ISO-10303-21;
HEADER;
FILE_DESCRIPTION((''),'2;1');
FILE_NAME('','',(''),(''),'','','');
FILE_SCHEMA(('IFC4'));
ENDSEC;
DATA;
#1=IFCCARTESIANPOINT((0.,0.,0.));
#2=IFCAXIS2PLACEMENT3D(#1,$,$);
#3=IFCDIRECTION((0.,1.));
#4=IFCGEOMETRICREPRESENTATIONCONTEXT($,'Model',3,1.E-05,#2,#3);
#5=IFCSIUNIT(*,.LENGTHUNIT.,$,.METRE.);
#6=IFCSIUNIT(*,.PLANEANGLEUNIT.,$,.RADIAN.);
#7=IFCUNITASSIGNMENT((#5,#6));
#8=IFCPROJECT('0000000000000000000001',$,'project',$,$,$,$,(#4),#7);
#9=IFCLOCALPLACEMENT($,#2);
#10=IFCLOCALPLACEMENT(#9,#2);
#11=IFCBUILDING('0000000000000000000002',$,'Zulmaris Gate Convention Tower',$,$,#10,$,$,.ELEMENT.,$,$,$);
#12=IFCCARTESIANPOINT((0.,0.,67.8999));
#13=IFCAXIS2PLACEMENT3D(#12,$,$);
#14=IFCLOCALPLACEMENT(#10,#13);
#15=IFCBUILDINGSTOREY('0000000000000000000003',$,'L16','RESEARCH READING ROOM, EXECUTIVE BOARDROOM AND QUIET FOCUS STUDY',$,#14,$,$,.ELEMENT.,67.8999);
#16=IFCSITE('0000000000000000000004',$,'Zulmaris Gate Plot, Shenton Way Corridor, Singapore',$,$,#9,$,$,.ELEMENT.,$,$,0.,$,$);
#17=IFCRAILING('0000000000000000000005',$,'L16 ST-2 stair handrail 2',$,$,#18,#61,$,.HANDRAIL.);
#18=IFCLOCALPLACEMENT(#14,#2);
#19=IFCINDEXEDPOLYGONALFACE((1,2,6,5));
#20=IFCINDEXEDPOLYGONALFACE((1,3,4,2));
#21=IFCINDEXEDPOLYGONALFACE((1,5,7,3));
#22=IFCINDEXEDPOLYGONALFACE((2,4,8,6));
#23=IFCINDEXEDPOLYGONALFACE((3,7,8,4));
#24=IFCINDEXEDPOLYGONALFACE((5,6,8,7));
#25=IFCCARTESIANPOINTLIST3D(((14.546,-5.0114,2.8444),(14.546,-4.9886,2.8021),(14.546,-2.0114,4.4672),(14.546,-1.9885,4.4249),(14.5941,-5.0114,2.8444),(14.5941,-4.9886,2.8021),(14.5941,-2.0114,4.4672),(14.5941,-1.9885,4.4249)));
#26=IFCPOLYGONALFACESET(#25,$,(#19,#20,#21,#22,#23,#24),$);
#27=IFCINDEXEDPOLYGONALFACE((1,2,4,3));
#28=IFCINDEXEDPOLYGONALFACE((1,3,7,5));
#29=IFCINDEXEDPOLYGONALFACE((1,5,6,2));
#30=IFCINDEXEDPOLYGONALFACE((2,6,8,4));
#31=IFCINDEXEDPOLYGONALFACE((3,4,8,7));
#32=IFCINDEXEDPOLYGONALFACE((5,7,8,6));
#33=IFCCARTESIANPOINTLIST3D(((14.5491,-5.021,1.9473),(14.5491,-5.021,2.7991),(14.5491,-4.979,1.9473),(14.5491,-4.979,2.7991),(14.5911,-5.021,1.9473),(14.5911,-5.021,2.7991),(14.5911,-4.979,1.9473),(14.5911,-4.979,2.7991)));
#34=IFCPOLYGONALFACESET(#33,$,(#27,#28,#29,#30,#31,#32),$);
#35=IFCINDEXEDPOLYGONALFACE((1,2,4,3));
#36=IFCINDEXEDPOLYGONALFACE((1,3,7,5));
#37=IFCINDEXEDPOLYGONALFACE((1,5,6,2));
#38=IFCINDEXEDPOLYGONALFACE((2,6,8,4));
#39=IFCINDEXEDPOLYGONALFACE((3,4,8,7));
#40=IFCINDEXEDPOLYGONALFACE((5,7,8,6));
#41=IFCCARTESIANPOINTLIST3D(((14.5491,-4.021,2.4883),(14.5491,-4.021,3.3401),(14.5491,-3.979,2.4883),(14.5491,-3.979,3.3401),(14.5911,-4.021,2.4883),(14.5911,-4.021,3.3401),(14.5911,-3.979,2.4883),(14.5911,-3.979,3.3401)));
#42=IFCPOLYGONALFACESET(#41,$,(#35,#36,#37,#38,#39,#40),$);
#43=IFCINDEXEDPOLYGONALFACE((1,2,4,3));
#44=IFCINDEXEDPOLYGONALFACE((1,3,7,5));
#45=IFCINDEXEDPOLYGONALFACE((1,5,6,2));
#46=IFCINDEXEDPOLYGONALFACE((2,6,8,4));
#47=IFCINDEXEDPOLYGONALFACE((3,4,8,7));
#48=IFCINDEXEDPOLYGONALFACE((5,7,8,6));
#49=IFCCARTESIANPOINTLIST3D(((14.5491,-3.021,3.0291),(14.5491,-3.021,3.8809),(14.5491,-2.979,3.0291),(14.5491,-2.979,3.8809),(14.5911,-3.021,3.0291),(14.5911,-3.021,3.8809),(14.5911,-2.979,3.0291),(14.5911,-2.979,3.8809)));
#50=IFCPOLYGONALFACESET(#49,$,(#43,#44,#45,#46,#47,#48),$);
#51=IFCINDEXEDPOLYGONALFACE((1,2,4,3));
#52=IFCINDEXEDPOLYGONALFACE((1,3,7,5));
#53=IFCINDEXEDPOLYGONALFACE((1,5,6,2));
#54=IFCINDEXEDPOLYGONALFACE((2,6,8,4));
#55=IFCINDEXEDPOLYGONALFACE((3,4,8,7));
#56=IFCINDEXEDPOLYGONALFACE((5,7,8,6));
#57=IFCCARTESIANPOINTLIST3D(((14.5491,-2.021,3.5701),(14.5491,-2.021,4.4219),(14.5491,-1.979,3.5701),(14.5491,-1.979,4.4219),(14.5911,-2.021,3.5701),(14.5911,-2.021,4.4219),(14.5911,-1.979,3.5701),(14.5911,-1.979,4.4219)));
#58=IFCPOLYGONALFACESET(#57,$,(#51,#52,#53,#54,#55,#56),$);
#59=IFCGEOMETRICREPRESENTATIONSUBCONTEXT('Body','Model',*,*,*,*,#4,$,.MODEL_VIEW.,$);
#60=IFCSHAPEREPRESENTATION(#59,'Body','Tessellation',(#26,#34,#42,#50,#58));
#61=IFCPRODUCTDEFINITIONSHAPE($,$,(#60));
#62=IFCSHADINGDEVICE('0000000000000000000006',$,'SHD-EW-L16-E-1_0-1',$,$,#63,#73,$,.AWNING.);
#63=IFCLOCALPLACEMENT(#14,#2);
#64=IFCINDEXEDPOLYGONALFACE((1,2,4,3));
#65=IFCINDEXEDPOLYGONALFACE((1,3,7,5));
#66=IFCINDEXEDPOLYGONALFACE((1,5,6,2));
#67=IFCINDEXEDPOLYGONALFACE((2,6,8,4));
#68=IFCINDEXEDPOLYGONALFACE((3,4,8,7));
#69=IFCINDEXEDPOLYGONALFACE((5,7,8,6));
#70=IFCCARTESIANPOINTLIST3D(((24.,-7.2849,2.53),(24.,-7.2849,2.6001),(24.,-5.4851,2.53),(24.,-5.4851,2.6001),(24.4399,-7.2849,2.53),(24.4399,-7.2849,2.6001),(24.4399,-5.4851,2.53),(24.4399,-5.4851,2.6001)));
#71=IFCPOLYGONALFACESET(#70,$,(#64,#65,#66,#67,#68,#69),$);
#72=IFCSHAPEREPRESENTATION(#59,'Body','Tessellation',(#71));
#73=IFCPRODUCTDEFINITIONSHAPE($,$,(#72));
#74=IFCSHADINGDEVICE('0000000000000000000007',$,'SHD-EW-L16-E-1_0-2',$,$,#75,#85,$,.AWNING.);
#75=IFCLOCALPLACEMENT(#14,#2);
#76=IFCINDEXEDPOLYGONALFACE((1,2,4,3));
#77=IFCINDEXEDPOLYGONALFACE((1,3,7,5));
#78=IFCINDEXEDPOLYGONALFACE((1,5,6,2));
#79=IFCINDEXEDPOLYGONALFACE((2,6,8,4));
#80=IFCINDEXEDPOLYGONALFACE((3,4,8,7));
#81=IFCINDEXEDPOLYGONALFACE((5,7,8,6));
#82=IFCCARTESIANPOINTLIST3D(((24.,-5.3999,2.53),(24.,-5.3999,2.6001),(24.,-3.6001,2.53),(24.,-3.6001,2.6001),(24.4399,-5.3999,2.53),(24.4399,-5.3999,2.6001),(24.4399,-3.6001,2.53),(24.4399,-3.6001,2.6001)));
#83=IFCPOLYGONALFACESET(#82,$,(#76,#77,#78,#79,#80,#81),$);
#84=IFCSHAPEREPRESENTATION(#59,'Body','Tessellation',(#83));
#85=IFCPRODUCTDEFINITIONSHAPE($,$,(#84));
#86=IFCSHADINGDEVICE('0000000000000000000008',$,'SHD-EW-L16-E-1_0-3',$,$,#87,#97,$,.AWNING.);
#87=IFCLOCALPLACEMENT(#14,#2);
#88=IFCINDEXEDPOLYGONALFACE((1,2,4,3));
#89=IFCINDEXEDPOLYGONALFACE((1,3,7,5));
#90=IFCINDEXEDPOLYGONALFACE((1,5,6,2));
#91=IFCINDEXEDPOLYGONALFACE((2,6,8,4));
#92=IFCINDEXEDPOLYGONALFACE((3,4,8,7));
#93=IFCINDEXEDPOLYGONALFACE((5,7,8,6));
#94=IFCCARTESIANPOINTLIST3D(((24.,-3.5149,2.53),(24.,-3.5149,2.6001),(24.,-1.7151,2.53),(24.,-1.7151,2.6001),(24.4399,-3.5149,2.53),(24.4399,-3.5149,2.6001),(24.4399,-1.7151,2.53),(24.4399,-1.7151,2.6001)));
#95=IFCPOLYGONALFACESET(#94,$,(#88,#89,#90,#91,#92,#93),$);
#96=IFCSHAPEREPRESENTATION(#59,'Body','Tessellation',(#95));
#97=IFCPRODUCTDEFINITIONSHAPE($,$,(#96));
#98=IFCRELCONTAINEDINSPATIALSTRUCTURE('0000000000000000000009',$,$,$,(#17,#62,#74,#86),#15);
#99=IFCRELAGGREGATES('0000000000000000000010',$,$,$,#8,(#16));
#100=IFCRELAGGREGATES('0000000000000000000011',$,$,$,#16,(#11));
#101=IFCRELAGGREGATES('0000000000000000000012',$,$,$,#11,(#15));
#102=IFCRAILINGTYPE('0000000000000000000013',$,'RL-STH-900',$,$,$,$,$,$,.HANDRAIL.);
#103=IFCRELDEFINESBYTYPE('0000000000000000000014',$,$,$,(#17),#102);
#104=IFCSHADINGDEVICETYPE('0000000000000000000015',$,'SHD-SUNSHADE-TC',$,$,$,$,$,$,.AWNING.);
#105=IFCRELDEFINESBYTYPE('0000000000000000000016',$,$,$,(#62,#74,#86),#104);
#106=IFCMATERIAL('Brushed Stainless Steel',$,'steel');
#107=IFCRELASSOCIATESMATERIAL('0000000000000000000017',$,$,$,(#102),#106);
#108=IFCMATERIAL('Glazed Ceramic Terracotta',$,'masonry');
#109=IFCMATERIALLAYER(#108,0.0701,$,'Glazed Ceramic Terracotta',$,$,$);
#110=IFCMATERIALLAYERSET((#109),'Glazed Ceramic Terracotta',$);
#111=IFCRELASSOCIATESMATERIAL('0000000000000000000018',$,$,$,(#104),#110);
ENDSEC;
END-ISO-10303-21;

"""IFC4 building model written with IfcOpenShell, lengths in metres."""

from ifc_helpers import new_model, si_unit, direction, frame, frame_2d, origin, origin_2d, place, context, subcontext, project, spatial, rectangle, extrude, material, layer, layer_set, type_object, element, save


model = new_model("IFC4")

# Units and contexts
model_context = context("Model", 3, precision=1e-05, world=origin(), true_north=direction((0.0, 1.0)))
body_context = subcontext(model_context, "Body", "Model", "MODEL_VIEW")
ifc_project = project(units=[si_unit("LENGTHUNIT", "METRE"), si_unit("PLANEANGLEUNIT", "RADIAN")], contexts=[model_context])

# Site, building, storey
site_placement = place(None, origin())
site = spatial("IfcSite", under=ifc_project, at=site_placement, Name="Zulmaris Gate Plot, Shenton Way Corridor, Singapore", CompositionType="ELEMENT", RefElevation=0.0)
building_placement = place(site_placement, origin())
building = spatial("IfcBuilding", under=site, at=building_placement, Name="Zulmaris Gate Convention Tower", CompositionType="ELEMENT")
storey_placement = place(building_placement, frame((0.0, 0.0, 67.8999)))
storey = spatial("IfcBuildingStorey", under=building, at=storey_placement, Name="L16", Description="RESEARCH READING ROOM, EXECUTIVE BOARDROOM AND QUIET FOCUS STUDY", CompositionType="ELEMENT", Elevation=67.8999)

# Railing
ifc_material_1 = material(Name="Brushed Stainless Steel", Category="steel")
railing_type_1 = type_object("IfcRailingType", Name="RL-STH-900", PredefinedType="HANDRAIL", material=ifc_material_1)
railing_1_placement = place(storey_placement, frame((14.5701, -5.0, 1.9473)))
element("IfcRailing", 1, at=railing_1_placement, inside=storey, type_object=railing_type_1, Name="L16 ST-2 stair handrail 2", PredefinedType="HANDRAIL", context=body_context, shape_type="SweptSolid", body=[
    extrude(rectangle(XDim=0.0481, YDim=0.0481, at=origin_2d()), frame((0.0, 0.0, 0.876), z_axis=(0.0, 0.879562, 0.475785), x_axis=(-1.0, 0.0, 0.0)), (0.0, 0.0, 1.0), 3.4109),
    extrude(rectangle(XDim=0.042, YDim=0.042, at=origin_2d()), origin(), (0.0, 0.0, 1.0), 0.8518),
    extrude(rectangle(XDim=0.042, YDim=0.042, at=origin_2d()), frame((0.0, 1.0, 0.541)), (0.0, 0.0, 1.0), 0.8518),
    extrude(rectangle(XDim=0.042, YDim=0.042, at=origin_2d()), frame((0.0, 2.0, 1.0818)), (0.0, 0.0, 1.0), 0.8518),
    extrude(rectangle(XDim=0.042, YDim=0.042, at=origin_2d()), frame((0.0, 3.0, 1.6228)), (0.0, 0.0, 1.0), 0.8518),
])

# Shading devices
ifc_material_2 = material(Name="Glazed Ceramic Terracotta", Category="masonry")
ifc_layer_1 = layer(ifc_material_2, 0.0701, Name="Glazed Ceramic Terracotta")
ifc_layer_set_1 = layer_set([ifc_layer_1], Name="Glazed Ceramic Terracotta")
shading_device_type = type_object("IfcShadingDeviceType", Name="SHD-SUNSHADE-TC", PredefinedType="AWNING", material=ifc_layer_set_1)
for number, where, z_axis, x_axis, name in (
    (2, (24.22, -7.2849, 2.53), (0.0, 0.0, 1.0), (0.0, 1.0, 0.0), "SHD-EW-L16-E-1_0-1"),
    (3, (24.22, -5.3999, 2.53), (0.0, 0.0, 1.0), (0.0, 1.0, 0.0), "SHD-EW-L16-E-1_0-2"),
    (4, (24.22, -3.5149, 2.53), (0.0, 0.0, 1.0), (0.0, 1.0, 0.0), "SHD-EW-L16-E-1_0-3"),
):
    element("IfcShadingDevice", number, at=place(storey_placement, frame(where, z_axis=z_axis, x_axis=x_axis)), inside=storey, type_object=shading_device_type, Name=name, PredefinedType="AWNING", context=body_context, shape_type="SweptSolid", body=[
        extrude(rectangle(XDim=1.7998, YDim=0.4399, at=frame_2d((0.8999, 0.0))), origin(), (0.0, 0.0, 1.0), 0.0701),
    ])

save(model, "model.ifc")
